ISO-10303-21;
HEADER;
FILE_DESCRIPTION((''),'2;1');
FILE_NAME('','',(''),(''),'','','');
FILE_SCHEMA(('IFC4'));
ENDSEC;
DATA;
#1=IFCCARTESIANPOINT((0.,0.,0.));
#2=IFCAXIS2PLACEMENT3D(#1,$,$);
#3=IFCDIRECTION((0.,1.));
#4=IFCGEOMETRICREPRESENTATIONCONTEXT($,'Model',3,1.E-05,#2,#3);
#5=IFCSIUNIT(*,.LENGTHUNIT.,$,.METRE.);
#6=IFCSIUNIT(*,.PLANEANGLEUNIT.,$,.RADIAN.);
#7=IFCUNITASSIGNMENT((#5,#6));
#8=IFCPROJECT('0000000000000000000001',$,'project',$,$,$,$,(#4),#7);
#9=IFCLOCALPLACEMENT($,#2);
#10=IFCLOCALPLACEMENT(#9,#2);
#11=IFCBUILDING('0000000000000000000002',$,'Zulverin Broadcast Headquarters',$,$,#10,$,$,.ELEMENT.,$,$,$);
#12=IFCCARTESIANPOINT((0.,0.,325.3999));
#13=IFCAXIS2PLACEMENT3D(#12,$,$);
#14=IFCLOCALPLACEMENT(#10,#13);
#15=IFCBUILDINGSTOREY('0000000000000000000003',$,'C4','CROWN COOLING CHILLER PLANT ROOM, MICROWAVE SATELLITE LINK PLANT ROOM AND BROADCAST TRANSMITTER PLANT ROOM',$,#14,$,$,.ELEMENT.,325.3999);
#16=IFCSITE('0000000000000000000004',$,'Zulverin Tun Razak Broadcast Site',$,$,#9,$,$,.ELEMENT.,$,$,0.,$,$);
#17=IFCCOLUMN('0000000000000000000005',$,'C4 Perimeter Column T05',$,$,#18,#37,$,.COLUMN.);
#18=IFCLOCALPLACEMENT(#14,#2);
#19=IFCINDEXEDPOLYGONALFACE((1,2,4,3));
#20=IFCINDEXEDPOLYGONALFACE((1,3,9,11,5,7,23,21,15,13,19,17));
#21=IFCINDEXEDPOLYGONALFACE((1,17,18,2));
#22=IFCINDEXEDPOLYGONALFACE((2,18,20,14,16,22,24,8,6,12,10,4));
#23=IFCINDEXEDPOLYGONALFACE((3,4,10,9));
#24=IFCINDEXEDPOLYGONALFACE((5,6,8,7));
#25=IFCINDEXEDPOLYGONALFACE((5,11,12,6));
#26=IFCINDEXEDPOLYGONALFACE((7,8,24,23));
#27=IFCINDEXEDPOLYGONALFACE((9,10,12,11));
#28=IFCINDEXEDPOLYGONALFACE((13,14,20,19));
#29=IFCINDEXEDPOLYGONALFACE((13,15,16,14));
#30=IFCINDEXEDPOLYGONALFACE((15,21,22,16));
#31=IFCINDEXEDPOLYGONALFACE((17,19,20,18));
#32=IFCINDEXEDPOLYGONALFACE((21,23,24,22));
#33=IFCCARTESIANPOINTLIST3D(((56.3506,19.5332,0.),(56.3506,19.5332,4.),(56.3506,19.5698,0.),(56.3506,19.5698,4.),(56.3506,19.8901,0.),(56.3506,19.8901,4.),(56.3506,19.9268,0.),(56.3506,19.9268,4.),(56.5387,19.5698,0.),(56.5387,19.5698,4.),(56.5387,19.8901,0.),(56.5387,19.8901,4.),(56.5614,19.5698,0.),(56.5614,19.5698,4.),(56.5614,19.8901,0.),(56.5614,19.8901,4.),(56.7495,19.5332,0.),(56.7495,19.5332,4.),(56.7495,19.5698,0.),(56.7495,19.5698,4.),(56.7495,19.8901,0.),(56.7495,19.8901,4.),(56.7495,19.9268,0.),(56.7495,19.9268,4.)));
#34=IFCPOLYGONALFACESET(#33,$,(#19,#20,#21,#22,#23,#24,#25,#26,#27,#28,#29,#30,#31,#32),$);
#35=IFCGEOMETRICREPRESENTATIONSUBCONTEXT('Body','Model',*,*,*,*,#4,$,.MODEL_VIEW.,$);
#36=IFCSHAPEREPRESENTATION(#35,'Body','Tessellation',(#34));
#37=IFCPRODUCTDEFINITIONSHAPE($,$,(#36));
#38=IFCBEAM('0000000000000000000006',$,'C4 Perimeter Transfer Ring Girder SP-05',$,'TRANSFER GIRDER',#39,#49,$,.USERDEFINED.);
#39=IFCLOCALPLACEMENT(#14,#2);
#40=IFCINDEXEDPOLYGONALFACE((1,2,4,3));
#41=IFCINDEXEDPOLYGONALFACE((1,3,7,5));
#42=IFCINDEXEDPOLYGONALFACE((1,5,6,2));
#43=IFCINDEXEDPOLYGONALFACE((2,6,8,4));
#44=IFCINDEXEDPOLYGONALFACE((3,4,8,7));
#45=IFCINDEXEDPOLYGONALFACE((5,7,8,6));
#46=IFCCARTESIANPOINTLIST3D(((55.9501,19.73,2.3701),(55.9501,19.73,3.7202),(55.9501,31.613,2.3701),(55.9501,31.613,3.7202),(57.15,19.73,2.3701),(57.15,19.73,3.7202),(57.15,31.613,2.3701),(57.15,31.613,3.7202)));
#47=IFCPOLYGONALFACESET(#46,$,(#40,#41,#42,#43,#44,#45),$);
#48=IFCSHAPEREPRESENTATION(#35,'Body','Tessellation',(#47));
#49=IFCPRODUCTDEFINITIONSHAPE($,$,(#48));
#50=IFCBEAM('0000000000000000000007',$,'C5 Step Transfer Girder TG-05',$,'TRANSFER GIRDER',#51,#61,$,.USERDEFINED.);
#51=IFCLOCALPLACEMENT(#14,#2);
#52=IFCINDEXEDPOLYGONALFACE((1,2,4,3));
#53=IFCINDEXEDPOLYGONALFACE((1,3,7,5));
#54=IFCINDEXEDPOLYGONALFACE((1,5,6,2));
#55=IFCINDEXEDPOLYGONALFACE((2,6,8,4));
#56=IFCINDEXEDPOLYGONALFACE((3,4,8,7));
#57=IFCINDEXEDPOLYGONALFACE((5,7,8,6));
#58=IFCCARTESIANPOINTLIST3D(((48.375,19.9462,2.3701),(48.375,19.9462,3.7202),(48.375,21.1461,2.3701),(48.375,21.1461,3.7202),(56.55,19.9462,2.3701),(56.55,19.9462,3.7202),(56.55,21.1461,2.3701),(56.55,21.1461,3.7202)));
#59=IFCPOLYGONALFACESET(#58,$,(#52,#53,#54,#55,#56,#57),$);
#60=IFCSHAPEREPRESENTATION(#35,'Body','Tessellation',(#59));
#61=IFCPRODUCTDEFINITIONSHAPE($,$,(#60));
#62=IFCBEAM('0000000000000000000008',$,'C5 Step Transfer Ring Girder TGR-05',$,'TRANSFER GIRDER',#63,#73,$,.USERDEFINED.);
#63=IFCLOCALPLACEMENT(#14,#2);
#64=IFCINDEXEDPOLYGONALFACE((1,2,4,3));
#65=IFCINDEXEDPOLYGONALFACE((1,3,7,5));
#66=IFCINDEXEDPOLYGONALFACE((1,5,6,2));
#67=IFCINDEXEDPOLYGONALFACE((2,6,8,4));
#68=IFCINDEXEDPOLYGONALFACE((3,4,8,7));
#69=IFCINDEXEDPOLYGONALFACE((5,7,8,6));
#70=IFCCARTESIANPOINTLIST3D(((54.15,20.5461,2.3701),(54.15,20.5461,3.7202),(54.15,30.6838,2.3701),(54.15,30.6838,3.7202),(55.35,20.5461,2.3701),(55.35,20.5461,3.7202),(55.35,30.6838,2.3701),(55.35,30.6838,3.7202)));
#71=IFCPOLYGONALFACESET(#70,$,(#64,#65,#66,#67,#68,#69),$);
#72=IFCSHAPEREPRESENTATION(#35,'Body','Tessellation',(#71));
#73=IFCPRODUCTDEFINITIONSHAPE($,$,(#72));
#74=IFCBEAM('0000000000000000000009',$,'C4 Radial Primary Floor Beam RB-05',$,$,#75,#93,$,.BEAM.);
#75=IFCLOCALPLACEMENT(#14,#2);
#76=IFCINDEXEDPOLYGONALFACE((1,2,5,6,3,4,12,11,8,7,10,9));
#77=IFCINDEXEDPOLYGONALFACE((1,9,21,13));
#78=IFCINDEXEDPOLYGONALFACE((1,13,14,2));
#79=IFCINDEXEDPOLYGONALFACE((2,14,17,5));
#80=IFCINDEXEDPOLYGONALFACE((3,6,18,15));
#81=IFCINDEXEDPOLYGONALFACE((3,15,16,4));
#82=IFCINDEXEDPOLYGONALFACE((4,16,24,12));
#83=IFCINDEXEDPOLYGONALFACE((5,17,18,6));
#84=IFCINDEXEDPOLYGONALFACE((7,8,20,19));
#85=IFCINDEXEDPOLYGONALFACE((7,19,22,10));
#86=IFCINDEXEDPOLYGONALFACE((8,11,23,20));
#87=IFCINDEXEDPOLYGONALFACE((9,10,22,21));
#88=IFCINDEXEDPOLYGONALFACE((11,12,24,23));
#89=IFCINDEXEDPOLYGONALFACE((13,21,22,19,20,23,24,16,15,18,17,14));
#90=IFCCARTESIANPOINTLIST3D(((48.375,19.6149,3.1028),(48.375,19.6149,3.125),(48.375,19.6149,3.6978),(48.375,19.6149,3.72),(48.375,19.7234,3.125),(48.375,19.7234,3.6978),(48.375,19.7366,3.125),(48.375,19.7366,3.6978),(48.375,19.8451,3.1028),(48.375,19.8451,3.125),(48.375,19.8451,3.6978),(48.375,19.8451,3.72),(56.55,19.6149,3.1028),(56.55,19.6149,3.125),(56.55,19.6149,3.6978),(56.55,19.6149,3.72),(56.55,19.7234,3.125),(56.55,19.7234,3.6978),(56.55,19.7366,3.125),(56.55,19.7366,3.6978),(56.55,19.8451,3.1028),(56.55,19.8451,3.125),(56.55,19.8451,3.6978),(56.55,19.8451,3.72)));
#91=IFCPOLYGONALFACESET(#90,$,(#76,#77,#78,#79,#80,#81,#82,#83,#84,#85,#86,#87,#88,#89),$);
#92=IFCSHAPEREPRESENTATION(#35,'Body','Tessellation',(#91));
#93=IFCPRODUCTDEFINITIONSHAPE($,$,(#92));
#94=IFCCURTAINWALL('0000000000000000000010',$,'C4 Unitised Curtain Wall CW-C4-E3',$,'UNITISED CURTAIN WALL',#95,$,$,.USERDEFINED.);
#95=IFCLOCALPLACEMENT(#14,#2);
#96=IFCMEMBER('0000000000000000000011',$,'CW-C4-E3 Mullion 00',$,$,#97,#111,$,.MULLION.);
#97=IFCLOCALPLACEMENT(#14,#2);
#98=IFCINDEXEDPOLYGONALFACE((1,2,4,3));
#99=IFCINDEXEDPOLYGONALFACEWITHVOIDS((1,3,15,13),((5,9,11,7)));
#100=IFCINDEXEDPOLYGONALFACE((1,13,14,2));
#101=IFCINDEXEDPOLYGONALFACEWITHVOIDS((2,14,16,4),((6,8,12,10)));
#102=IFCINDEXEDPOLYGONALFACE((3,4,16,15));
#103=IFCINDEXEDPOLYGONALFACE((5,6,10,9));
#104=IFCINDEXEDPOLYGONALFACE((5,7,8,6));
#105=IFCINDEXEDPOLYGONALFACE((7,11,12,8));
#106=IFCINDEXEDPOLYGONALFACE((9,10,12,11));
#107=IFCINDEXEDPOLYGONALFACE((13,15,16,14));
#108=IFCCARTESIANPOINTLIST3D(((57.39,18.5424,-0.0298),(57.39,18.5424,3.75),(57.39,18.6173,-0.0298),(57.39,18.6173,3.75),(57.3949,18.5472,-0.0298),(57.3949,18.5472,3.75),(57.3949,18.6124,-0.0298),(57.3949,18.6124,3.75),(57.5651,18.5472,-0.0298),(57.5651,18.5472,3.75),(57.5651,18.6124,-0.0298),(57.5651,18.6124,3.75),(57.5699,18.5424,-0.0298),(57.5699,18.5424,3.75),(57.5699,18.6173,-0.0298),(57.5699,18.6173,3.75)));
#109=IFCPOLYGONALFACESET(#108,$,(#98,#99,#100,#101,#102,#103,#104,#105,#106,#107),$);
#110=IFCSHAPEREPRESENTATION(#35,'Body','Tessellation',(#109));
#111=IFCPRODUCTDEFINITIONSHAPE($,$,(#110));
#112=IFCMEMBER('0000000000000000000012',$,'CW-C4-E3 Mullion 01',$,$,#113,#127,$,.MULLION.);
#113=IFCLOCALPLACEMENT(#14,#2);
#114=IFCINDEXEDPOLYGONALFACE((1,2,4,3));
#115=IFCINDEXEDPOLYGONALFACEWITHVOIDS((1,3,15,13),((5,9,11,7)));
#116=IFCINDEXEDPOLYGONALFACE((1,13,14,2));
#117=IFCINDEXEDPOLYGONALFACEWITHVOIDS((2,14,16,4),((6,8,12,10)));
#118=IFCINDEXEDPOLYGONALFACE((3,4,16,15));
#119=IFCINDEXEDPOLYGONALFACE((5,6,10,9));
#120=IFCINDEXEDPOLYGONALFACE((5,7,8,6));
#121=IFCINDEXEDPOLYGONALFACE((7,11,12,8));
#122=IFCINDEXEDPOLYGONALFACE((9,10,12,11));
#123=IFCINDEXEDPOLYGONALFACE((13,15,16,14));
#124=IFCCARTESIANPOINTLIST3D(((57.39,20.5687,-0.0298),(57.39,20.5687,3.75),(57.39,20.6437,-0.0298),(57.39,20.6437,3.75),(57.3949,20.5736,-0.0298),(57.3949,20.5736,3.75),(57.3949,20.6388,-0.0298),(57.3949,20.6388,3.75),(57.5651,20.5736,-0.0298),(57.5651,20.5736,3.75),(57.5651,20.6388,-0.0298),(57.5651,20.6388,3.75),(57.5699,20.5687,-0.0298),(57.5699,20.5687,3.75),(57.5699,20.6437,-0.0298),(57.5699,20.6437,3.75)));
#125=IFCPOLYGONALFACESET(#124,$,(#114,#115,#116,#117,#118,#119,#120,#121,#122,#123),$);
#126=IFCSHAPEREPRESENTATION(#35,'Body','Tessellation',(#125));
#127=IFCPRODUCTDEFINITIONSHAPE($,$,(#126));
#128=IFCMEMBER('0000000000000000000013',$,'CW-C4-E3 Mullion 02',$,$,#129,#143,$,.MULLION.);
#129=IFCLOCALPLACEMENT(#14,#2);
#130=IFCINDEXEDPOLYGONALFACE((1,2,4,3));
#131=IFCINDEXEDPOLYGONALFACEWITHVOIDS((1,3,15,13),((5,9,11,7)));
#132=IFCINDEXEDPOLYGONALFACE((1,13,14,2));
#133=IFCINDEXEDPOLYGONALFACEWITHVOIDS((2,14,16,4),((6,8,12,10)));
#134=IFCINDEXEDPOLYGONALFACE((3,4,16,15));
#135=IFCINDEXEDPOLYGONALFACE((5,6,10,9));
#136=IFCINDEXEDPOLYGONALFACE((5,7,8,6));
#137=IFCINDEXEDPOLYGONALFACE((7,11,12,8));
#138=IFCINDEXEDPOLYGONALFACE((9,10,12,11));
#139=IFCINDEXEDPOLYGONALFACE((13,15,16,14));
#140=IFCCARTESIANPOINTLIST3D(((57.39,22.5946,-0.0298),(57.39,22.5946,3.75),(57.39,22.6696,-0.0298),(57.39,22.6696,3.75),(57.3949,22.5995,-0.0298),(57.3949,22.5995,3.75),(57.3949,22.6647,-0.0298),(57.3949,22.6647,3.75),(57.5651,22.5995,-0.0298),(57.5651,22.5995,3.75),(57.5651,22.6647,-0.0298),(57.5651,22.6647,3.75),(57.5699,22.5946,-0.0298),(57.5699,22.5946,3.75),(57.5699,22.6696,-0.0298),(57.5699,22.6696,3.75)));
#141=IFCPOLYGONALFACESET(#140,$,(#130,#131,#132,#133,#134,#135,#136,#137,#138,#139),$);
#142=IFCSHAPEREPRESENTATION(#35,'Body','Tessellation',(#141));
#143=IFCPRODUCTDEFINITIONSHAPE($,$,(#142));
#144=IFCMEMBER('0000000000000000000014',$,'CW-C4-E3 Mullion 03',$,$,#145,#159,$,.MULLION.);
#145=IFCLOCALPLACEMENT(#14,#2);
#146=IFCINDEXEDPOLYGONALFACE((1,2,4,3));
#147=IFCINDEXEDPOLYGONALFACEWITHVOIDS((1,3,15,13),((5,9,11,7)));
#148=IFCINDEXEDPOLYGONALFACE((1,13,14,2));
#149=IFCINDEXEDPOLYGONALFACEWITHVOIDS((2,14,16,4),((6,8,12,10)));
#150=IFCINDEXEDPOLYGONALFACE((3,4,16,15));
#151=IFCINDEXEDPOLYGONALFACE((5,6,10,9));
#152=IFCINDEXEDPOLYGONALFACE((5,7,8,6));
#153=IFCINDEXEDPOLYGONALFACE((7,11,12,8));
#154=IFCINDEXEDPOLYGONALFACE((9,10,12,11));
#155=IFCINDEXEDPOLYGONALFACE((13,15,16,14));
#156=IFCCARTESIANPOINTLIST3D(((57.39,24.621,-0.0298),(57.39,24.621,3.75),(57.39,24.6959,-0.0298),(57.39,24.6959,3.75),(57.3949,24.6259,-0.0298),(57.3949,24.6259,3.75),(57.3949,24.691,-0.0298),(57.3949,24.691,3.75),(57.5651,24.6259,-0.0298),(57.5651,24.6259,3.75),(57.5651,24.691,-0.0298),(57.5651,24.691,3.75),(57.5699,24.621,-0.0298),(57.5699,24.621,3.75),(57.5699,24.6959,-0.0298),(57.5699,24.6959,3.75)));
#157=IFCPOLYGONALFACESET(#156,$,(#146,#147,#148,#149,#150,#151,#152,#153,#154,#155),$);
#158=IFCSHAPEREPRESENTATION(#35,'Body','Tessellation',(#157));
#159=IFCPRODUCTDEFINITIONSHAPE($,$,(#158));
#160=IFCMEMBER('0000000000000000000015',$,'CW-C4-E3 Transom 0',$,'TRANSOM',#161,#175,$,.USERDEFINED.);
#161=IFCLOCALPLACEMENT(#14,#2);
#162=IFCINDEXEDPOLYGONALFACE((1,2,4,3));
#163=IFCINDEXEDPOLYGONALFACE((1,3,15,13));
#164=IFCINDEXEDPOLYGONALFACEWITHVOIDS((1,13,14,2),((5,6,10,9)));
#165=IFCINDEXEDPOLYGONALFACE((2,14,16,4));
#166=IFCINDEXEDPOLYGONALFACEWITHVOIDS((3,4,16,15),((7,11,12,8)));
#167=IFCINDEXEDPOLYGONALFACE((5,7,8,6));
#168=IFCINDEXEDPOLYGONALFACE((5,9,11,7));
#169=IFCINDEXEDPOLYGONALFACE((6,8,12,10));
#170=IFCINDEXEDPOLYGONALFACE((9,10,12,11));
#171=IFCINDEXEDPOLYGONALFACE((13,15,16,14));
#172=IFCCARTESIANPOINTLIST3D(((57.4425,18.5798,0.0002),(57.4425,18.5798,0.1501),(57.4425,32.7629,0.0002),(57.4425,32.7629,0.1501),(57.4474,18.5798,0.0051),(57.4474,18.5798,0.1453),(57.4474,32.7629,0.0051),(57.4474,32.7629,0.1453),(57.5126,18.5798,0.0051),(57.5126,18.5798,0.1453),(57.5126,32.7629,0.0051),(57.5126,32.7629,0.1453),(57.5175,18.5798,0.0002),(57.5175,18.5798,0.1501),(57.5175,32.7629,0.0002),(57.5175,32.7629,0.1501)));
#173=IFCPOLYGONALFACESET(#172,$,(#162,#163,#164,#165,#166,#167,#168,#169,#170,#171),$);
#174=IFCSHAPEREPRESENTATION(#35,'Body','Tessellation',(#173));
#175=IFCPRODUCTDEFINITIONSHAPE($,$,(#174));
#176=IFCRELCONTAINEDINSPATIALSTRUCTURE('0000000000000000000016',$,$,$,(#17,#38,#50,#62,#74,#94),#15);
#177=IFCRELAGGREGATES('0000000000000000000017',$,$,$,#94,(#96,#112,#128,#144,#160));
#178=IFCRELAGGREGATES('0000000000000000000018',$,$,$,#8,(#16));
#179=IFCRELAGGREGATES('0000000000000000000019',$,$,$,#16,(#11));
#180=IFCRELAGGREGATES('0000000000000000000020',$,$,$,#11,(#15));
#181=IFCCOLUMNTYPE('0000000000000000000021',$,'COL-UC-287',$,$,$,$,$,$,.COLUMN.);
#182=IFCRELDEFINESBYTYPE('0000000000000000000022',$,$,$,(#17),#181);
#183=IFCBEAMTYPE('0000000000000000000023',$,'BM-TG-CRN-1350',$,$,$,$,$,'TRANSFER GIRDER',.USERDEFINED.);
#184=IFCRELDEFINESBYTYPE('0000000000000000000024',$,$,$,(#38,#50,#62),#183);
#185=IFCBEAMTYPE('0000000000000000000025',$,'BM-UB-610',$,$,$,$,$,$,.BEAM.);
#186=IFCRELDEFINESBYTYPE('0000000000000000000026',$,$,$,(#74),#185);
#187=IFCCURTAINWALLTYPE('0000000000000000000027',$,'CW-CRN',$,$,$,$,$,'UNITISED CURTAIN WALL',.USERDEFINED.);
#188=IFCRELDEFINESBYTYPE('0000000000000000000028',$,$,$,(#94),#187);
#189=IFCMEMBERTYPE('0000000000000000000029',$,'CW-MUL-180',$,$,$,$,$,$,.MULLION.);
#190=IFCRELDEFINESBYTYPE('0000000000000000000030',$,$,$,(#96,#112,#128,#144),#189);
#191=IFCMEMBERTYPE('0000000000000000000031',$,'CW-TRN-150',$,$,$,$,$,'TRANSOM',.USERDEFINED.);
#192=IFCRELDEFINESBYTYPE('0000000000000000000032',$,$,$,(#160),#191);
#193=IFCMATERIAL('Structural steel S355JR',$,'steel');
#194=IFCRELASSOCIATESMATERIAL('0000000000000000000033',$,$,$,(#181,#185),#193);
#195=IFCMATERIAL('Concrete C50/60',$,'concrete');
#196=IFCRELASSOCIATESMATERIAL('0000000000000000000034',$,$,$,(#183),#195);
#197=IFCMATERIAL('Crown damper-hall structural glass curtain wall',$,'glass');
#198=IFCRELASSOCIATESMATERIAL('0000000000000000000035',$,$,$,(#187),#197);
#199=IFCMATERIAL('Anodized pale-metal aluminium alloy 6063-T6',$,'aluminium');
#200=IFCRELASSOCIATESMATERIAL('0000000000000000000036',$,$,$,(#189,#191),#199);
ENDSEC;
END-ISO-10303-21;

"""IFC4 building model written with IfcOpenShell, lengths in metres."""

from ifc_helpers import new_model, si_unit, direction, frame, origin, origin_2d, place, context, subcontext, project, spatial, rectangle, hollow_rectangle, i_section, extrude, material, material_profile, profile_set, type_object, element, aggregate, save


model = new_model("IFC4")

# Units and contexts
model_context = context("Model", 3, precision=1e-05, world=origin(), true_north=direction((0.0, 1.0)))
body_context = subcontext(model_context, "Body", "Model", "MODEL_VIEW")
ifc_project = project(units=[si_unit("LENGTHUNIT", "METRE"), si_unit("PLANEANGLEUNIT", "RADIAN")], contexts=[model_context])

# Site, building, storey
site_placement = place(None, origin())
site = spatial("IfcSite", under=ifc_project, at=site_placement, Name="Zulverin Tun Razak Broadcast Site", CompositionType="ELEMENT", RefElevation=0.0)
building_placement = place(site_placement, origin())
building = spatial("IfcBuilding", under=site, at=building_placement, Name="Zulverin Broadcast Headquarters", CompositionType="ELEMENT")
storey_placement = place(building_placement, frame((0.0, 0.0, 325.3999)))
storey = spatial("IfcBuildingStorey", under=building, at=storey_placement, Name="C4", Description="CROWN COOLING CHILLER PLANT ROOM, MICROWAVE SATELLITE LINK PLANT ROOM AND BROADCAST TRANSMITTER PLANT ROOM", CompositionType="ELEMENT", Elevation=325.3999)

# Column
ifc_material_1 = material(Name="Structural steel S355JR", Category="steel")
ifc_material_profile_1 = material_profile(ifc_material_1, i_section(OverallWidth=0.3989, OverallDepth=0.3936, WebThickness=0.0227, FlangeThickness=0.0366, at=origin_2d()), Name="Structural steel S355JR", Category="steel")
ifc_profile_set_1 = profile_set([ifc_material_profile_1], Name="Structural steel S355JR")
column_type = type_object("IfcColumnType", Name="COL-UC-287", PredefinedType="COLUMN", material=ifc_profile_set_1)
column_placement = place(storey_placement, frame((56.55, 19.73, 0.0), z_axis=(0.0, 0.0, 1.0), x_axis=(1.0, 0.0, 0.0)))
element("IfcColumn", 1, at=column_placement, inside=storey, type_object=column_type, Name="C4 Perimeter Column T05", PredefinedType="COLUMN", context=body_context, shape_type="SweptSolid", body=[
    extrude(i_section(OverallWidth=0.3989, OverallDepth=0.3936, WebThickness=0.0227, FlangeThickness=0.0366, at=origin_2d()), origin(), (0.0, 0.0, 1.0), 4.0),
])

# Beams
ifc_material_2 = material(Name="Concrete C50/60", Category="concrete")
ifc_material_profile_2 = material_profile(ifc_material_2, rectangle(XDim=1.2, YDim=1.3501, at=origin_2d()), Name="Concrete C50/60", Category="concrete")
ifc_profile_set_2 = profile_set([ifc_material_profile_2], Name="Concrete C50/60")
beam_type_1 = type_object("IfcBeamType", Name="BM-TG-CRN-1350", ElementType="TRANSFER GIRDER", PredefinedType="USERDEFINED", material=ifc_profile_set_2)
beam_1_placement = place(storey_placement, frame((56.55, 19.73, 3.0452), z_axis=(0.0, 1.0, 0.0), x_axis=(-1.0, 0.0, 0.0)))
element("IfcBeam", 2, at=beam_1_placement, inside=storey, type_object=beam_type_1, Name="C4 Perimeter Transfer Ring Girder SP-05", ObjectType="TRANSFER GIRDER", PredefinedType="USERDEFINED", context=body_context, shape_type="SweptSolid", body=[
    extrude(rectangle(XDim=1.2, YDim=1.3501, at=origin_2d()), origin(), (0.0, 0.0, 1.0), 11.8831),
])
beam_2_placement = place(storey_placement, frame((48.375, 20.5461, 3.0452), z_axis=(1.0, 0.0, 0.0), x_axis=(0.0, 1.0, 0.0)))
element("IfcBeam", 3, at=beam_2_placement, inside=storey, type_object=beam_type_1, Name="C5 Step Transfer Girder TG-05", ObjectType="TRANSFER GIRDER", PredefinedType="USERDEFINED", context=body_context, shape_type="SweptSolid", body=[
    extrude(rectangle(XDim=1.2, YDim=1.3501, at=origin_2d()), origin(), (0.0, 0.0, 1.0), 8.175),
])
beam_3_placement = place(storey_placement, frame((54.75, 20.5461, 3.0452), z_axis=(0.0, 1.0, 0.0), x_axis=(-1.0, 0.0, 0.0)))
element("IfcBeam", 4, at=beam_3_placement, inside=storey, type_object=beam_type_1, Name="C5 Step Transfer Ring Girder TGR-05", ObjectType="TRANSFER GIRDER", PredefinedType="USERDEFINED", context=body_context, shape_type="SweptSolid", body=[
    extrude(rectangle(XDim=1.2, YDim=1.3501, at=origin_2d()), origin(), (0.0, 0.0, 1.0), 10.1377),
])
ifc_material_profile_3 = material_profile(ifc_material_1, i_section(OverallWidth=0.2302, OverallDepth=0.6172, WebThickness=0.0132, FlangeThickness=0.0222, at=origin_2d()), Name="Structural steel S355JR", Category="steel")
ifc_profile_set_3 = profile_set([ifc_material_profile_3], Name="Structural steel S355JR")
beam_type_2 = type_object("IfcBeamType", Name="BM-UB-610", PredefinedType="BEAM", material=ifc_profile_set_3)
beam_4_placement = place(storey_placement, frame((48.375, 19.73, 3.4114), z_axis=(1.0, 0.0, 0.0), x_axis=(0.0, 1.0, 0.0)))
element("IfcBeam", 5, at=beam_4_placement, inside=storey, type_object=beam_type_2, Name="C4 Radial Primary Floor Beam RB-05", PredefinedType="BEAM", context=body_context, shape_type="SweptSolid", body=[
    extrude(i_section(OverallWidth=0.2302, OverallDepth=0.6172, WebThickness=0.0132, FlangeThickness=0.0222, at=origin_2d()), origin(), (0.0, 0.0, 1.0), 8.175),
])

# Curtain wall, members
ifc_material_3 = material(Name="Crown damper-hall structural glass curtain wall", Category="glass")
curtain_wall_type = type_object("IfcCurtainWallType", Name="CW-CRN", ElementType="UNITISED CURTAIN WALL", PredefinedType="USERDEFINED", material=ifc_material_3)
curtain_wall_placement = place(storey_placement, origin())
curtain_wall = element("IfcCurtainWall", 6, at=curtain_wall_placement, inside=storey, type_object=curtain_wall_type, Name="C4 Unitised Curtain Wall CW-C4-E3", ObjectType="UNITISED CURTAIN WALL", PredefinedType="USERDEFINED")
ifc_material_4 = material(Name="Anodized pale-metal aluminium alloy 6063-T6", Category="aluminium")
ifc_material_profile_4 = material_profile(ifc_material_4, hollow_rectangle(XDim=0.075, YDim=0.1799, WallThickness=0.0049, at=origin_2d()), Name="Anodized pale-metal aluminium alloy 6063-T6", Category="aluminium")
ifc_profile_set_4 = profile_set([ifc_material_profile_4], Name="Anodized pale-metal aluminium alloy 6063-T6")
member_type_1 = type_object("IfcMemberType", Name="CW-MUL-180", PredefinedType="MULLION", material=ifc_profile_set_4)
member_1_placement = place(storey_placement, frame((57.48, 18.5798, -0.0298), z_axis=(0.0, 0.0, 1.0), x_axis=(0.0, 1.0, 0.0)))
member_1 = element("IfcMember", 7, at=member_1_placement, type_object=member_type_1, Name="CW-C4-E3 Mullion 00", PredefinedType="MULLION", context=body_context, shape_type="SweptSolid", body=[
    extrude(hollow_rectangle(XDim=0.075, YDim=0.1799, WallThickness=0.0049, at=origin_2d()), origin(), (0.0, 0.0, 1.0), 3.7798),
])
member_2_placement = place(storey_placement, frame((57.48, 20.6062, -0.0298), z_axis=(0.0, 0.0, 1.0), x_axis=(0.0, 1.0, 0.0)))
member_2 = element("IfcMember", 8, at=member_2_placement, type_object=member_type_1, Name="CW-C4-E3 Mullion 01", PredefinedType="MULLION", context=body_context, shape_type="SweptSolid", body=[
    extrude(hollow_rectangle(XDim=0.075, YDim=0.1799, WallThickness=0.0049, at=origin_2d()), origin(), (0.0, 0.0, 1.0), 3.7798),
])
member_3_placement = place(storey_placement, frame((57.48, 22.6321, -0.0298), z_axis=(0.0, 0.0, 1.0), x_axis=(0.0, 1.0, 0.0)))
member_3 = element("IfcMember", 9, at=member_3_placement, type_object=member_type_1, Name="CW-C4-E3 Mullion 02", PredefinedType="MULLION", context=body_context, shape_type="SweptSolid", body=[
    extrude(hollow_rectangle(XDim=0.075, YDim=0.1799, WallThickness=0.0049, at=origin_2d()), origin(), (0.0, 0.0, 1.0), 3.7798),
])
member_4_placement = place(storey_placement, frame((57.48, 24.6584, -0.0298), z_axis=(0.0, 0.0, 1.0), x_axis=(0.0, 1.0, 0.0)))
member_4 = element("IfcMember", 10, at=member_4_placement, type_object=member_type_1, Name="CW-C4-E3 Mullion 03", PredefinedType="MULLION", context=body_context, shape_type="SweptSolid", body=[
    extrude(hollow_rectangle(XDim=0.075, YDim=0.1799, WallThickness=0.0049, at=origin_2d()), origin(), (0.0, 0.0, 1.0), 3.7798),
])
ifc_material_profile_5 = material_profile(ifc_material_4, hollow_rectangle(XDim=0.075, YDim=0.1499, WallThickness=0.0049, at=origin_2d()), Name="Anodized pale-metal aluminium alloy 6063-T6", Category="aluminium")
ifc_profile_set_5 = profile_set([ifc_material_profile_5], Name="Anodized pale-metal aluminium alloy 6063-T6")
member_type_2 = type_object("IfcMemberType", Name="CW-TRN-150", ElementType="TRANSOM", PredefinedType="USERDEFINED", material=ifc_profile_set_5)
member_5_placement = place(storey_placement, frame((57.48, 18.5798, 0.0752), z_axis=(0.0, 1.0, 0.0), x_axis=(-1.0, 0.0, 0.0)))
member_5 = element("IfcMember", 11, at=member_5_placement, type_object=member_type_2, Name="CW-C4-E3 Transom 0", ObjectType="TRANSOM", PredefinedType="USERDEFINED", context=body_context, shape_type="SweptSolid", body=[
    extrude(hollow_rectangle(XDim=0.075, YDim=0.1499, WallThickness=0.0049, at=origin_2d()), origin(), (0.0, 0.0, 1.0), 14.1831),
])
aggregate(curtain_wall, [member_1, member_2, member_3, member_4, member_5])

save(model, "model.ifc")
